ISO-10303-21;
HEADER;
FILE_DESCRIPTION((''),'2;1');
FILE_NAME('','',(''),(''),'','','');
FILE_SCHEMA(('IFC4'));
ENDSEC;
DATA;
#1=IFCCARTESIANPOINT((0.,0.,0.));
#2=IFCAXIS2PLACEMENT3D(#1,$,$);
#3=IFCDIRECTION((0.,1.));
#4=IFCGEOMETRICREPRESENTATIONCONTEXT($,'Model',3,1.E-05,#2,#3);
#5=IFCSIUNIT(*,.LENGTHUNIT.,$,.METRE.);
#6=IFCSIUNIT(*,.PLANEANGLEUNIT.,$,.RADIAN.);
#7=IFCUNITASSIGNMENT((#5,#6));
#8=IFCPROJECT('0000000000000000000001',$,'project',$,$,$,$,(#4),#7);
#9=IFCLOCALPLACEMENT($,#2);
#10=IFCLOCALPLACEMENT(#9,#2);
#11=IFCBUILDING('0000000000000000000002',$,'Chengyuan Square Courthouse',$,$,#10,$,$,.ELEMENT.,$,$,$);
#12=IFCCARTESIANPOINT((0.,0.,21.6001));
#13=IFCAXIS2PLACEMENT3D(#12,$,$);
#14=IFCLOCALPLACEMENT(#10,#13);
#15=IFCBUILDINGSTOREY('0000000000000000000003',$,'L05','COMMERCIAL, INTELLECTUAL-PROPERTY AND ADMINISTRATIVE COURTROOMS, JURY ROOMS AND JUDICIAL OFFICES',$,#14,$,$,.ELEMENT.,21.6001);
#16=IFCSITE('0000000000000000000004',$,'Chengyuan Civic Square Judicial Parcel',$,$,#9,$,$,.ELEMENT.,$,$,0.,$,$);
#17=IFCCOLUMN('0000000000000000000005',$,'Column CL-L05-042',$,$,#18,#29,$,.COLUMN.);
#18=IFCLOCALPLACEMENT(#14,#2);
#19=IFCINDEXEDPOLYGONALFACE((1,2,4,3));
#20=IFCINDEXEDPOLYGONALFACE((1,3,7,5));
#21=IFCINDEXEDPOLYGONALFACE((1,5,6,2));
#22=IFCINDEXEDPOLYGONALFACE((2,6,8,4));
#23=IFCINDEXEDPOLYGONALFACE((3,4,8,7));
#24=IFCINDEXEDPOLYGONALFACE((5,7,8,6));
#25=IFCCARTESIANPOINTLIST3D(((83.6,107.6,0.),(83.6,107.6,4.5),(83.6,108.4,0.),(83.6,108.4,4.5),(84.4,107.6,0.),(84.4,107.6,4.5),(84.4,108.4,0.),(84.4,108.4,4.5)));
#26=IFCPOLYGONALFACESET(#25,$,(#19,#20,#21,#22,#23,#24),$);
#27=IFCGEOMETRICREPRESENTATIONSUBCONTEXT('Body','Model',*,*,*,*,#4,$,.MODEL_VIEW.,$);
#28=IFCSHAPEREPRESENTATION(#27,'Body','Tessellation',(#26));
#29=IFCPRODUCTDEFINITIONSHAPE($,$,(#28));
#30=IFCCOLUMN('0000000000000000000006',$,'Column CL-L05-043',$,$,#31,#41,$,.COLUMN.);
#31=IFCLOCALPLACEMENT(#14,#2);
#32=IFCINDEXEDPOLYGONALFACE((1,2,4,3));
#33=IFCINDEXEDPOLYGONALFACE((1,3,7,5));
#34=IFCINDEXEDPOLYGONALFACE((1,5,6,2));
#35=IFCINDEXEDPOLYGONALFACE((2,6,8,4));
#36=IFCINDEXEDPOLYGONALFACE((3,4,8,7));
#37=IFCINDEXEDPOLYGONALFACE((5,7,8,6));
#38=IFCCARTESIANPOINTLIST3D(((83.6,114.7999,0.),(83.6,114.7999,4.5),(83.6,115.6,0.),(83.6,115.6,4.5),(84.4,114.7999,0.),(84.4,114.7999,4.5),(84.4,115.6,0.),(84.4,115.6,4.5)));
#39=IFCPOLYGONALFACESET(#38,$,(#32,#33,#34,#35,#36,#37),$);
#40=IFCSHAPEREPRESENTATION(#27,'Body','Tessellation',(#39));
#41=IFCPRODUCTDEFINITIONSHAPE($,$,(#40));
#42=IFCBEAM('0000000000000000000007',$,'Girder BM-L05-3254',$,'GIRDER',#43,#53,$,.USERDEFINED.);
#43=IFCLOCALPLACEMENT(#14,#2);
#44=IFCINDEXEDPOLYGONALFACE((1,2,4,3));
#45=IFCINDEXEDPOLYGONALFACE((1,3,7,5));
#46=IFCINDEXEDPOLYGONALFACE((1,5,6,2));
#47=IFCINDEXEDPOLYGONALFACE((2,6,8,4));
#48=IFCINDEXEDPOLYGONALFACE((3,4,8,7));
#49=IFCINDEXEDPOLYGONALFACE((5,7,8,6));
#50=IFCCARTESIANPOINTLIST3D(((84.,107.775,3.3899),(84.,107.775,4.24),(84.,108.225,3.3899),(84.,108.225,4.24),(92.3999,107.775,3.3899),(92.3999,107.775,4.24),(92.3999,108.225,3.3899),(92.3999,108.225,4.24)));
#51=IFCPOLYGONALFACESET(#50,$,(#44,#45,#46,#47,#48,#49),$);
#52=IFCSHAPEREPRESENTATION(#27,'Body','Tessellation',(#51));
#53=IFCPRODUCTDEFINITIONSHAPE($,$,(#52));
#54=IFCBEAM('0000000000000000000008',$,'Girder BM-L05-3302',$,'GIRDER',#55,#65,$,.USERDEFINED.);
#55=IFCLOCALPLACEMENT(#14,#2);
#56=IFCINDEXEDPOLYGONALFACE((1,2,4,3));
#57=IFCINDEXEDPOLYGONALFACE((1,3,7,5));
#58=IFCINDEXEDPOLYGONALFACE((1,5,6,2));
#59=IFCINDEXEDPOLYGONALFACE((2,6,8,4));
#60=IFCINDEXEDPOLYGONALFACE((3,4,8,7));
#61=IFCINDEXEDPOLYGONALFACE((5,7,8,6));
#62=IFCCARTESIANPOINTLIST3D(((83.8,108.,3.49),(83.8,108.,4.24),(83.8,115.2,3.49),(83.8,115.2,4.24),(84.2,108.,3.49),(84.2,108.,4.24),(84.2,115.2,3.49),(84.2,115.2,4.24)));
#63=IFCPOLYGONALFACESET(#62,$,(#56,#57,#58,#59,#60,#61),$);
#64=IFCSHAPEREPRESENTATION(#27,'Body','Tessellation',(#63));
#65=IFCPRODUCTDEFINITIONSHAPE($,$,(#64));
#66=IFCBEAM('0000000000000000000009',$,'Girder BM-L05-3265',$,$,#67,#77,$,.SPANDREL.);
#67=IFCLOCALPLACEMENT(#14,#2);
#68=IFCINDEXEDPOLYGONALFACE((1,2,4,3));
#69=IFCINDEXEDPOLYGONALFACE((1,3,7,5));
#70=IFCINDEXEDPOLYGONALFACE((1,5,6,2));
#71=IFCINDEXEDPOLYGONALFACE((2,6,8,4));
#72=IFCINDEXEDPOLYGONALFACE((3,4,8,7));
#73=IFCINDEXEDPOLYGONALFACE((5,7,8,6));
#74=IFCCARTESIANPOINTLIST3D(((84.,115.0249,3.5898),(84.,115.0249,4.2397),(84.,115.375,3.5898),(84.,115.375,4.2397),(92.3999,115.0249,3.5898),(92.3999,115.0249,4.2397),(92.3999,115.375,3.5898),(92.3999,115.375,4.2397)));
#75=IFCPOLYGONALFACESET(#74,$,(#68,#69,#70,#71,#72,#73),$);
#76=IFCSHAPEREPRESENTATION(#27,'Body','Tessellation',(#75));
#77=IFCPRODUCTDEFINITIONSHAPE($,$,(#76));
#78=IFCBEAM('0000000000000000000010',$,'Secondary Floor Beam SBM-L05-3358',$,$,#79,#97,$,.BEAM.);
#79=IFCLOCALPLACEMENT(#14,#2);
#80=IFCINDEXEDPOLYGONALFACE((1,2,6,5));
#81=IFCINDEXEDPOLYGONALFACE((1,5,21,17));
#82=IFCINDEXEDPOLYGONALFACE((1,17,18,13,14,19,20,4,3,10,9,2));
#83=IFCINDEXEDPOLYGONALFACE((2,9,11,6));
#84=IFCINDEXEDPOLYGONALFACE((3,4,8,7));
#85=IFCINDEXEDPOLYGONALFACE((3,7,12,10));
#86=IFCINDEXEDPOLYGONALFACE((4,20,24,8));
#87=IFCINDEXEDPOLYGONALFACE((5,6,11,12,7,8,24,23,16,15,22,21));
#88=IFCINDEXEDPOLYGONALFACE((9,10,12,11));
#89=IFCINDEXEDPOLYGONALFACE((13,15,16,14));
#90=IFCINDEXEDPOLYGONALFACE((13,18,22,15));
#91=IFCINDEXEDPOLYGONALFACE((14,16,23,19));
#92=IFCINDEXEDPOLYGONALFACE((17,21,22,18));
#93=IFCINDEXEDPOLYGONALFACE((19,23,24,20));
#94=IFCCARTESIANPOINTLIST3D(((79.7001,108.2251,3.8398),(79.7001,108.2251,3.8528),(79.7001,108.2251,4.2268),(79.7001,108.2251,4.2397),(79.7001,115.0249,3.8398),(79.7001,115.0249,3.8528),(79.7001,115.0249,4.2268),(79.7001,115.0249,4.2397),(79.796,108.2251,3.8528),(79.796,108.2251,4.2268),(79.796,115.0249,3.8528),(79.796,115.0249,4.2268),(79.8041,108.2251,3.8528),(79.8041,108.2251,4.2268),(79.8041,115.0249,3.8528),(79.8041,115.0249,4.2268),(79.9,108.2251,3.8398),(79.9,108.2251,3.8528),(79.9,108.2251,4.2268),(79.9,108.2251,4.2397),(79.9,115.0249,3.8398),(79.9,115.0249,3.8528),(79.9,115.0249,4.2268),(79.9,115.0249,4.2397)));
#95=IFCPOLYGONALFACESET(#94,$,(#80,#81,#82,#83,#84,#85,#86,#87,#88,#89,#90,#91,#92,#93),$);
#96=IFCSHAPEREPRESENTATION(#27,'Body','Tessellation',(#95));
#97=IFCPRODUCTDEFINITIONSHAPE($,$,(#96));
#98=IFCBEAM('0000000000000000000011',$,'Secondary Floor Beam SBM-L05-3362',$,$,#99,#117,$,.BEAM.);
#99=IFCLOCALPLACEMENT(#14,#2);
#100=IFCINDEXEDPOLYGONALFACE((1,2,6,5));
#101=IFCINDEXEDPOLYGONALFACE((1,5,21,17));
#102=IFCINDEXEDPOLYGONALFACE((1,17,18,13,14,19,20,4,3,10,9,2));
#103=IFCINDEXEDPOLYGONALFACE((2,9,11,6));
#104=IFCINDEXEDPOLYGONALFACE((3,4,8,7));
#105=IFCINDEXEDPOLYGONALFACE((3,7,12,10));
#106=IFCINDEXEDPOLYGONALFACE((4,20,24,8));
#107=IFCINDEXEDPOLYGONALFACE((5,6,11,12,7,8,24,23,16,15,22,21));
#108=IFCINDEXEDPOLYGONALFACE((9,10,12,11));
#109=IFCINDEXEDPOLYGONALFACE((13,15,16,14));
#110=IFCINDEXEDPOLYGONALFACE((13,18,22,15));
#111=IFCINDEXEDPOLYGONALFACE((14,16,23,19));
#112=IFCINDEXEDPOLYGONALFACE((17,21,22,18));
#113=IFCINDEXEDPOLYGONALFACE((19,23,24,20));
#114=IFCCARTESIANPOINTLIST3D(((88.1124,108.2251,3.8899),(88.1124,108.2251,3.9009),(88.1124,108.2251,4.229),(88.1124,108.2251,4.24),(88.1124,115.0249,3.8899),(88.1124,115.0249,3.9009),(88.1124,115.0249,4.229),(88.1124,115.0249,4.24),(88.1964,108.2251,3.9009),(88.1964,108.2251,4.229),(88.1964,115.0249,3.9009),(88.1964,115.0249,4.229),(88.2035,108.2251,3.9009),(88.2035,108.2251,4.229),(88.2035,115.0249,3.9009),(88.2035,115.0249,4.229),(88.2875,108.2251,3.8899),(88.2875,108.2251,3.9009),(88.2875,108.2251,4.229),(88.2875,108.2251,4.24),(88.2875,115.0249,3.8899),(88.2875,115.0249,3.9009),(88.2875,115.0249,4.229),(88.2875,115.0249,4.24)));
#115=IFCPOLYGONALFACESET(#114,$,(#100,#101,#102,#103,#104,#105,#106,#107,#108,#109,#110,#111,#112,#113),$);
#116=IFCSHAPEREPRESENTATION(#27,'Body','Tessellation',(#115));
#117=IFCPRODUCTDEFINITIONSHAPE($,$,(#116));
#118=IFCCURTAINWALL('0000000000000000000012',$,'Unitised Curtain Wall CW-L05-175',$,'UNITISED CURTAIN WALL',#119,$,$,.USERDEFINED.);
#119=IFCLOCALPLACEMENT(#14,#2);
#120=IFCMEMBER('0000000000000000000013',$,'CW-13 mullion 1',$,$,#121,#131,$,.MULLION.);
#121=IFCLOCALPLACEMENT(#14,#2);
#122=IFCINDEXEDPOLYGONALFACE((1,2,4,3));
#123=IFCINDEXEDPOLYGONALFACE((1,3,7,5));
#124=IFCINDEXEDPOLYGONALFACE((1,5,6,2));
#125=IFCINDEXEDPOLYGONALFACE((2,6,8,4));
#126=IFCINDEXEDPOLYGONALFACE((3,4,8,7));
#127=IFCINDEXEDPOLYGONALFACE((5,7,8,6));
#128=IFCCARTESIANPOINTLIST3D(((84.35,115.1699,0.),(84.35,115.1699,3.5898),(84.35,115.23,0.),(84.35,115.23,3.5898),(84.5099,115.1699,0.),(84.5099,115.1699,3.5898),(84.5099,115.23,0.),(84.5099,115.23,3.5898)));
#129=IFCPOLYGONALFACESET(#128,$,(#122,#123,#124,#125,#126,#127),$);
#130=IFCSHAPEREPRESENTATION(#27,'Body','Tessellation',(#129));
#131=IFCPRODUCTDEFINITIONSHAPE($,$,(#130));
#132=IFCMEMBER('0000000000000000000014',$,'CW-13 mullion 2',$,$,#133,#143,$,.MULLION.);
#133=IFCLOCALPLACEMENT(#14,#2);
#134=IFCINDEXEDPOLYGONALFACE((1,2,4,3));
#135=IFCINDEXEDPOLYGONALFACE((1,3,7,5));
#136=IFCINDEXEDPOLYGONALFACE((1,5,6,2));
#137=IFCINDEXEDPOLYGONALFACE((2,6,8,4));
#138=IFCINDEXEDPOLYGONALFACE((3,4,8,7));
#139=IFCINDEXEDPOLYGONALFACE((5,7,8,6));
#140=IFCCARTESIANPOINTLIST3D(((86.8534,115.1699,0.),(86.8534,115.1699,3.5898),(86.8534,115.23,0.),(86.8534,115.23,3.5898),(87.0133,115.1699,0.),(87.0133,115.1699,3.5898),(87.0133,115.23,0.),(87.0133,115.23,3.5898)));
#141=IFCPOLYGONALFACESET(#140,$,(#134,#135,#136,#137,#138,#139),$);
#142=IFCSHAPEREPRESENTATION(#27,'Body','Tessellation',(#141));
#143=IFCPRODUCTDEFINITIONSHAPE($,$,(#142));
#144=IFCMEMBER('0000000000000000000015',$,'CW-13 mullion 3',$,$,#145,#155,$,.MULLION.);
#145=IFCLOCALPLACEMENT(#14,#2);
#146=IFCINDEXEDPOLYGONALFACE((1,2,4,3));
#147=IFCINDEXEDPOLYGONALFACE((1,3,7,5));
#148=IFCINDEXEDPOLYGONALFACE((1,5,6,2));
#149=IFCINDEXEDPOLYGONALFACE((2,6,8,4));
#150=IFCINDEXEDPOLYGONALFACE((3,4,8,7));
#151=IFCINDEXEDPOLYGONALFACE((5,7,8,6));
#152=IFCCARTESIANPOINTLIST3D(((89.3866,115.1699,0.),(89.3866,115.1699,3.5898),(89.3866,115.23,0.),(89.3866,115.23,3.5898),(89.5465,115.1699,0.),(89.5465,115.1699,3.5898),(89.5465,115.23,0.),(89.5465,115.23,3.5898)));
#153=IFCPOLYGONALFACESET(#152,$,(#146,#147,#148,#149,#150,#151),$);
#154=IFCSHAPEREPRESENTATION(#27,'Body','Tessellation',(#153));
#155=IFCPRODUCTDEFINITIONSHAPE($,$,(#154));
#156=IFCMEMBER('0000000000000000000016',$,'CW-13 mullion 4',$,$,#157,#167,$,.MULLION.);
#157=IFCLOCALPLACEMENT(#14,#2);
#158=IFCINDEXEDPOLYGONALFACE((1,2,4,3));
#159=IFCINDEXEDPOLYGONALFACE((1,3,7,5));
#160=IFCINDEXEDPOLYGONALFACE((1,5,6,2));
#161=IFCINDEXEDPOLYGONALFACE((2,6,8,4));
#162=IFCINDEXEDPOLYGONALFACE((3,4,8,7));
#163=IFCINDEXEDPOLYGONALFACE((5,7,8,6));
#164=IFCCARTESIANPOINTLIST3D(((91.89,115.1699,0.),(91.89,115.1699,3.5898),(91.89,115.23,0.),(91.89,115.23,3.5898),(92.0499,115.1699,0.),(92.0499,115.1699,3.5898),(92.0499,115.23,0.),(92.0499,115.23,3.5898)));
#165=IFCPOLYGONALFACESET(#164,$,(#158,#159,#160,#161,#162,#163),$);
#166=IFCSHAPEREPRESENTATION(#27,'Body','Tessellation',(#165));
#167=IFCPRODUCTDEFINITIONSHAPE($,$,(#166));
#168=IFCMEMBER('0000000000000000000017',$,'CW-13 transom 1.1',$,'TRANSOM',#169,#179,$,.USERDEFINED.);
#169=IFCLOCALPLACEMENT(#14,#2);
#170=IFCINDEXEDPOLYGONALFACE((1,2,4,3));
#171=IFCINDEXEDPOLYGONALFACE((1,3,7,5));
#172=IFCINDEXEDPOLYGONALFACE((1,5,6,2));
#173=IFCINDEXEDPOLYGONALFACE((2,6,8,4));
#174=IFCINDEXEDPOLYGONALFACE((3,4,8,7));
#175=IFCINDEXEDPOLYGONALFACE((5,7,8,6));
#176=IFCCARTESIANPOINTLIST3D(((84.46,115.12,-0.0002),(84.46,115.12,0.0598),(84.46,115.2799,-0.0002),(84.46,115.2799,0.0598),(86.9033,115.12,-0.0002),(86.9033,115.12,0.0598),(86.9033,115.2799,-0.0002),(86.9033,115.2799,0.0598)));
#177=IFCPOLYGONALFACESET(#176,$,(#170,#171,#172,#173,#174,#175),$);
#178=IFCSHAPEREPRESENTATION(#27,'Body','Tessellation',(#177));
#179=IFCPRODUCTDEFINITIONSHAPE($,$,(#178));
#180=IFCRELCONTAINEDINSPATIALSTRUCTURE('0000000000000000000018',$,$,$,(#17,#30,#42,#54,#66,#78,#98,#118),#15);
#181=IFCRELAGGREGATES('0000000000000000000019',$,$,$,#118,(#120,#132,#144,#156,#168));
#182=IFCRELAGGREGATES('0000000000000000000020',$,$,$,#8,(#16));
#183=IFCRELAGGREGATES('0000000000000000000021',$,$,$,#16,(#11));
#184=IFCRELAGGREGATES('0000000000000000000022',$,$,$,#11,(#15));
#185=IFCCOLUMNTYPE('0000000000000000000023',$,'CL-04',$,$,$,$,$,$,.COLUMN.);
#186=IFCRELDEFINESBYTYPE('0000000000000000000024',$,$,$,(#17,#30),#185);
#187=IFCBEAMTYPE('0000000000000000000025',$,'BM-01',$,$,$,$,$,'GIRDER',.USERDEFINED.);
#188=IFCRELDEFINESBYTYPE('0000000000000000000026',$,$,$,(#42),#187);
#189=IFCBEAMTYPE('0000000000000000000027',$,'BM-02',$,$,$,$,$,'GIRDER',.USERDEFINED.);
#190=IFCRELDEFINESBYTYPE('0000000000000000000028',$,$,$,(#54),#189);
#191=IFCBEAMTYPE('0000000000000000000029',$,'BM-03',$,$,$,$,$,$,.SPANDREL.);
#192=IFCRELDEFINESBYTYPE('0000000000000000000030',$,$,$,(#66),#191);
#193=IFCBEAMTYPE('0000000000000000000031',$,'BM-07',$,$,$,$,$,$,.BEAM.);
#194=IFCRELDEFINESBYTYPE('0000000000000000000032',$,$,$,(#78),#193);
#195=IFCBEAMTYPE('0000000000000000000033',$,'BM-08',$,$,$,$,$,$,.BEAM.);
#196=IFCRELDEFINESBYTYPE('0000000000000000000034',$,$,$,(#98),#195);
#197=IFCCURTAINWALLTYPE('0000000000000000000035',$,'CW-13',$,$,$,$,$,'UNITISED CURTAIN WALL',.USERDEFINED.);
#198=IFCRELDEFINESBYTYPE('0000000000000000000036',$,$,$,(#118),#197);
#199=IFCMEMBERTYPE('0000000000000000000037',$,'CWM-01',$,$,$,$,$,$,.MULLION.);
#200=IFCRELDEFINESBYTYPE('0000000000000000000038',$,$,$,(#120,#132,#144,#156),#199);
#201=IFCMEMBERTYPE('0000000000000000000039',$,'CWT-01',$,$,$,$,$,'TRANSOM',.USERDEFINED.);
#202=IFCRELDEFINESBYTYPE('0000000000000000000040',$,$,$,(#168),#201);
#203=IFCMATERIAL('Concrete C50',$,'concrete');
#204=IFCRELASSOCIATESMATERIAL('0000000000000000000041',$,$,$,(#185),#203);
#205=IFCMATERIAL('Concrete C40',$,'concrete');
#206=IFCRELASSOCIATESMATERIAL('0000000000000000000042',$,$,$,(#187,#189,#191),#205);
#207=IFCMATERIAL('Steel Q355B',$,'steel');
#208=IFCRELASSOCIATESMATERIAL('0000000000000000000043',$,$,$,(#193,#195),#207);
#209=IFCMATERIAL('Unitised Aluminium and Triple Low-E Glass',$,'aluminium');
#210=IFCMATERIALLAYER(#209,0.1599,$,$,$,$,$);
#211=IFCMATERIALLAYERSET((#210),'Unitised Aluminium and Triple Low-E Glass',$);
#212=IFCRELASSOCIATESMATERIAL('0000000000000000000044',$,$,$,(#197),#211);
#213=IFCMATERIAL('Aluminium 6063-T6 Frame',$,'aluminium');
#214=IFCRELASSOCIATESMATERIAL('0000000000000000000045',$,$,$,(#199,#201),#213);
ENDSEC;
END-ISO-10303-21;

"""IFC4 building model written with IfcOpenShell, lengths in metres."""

from ifc_helpers import new_model, si_unit, direction, frame, origin, origin_2d, place, context, subcontext, project, spatial, rectangle, i_section, extrude, material, layer, layer_set, material_profile, profile_set, type_object, element, aggregate, save


model = new_model("IFC4")

# Units and contexts
model_context = context("Model", 3, precision=1e-05, world=origin(), true_north=direction((0.0, 1.0)))
body_context = subcontext(model_context, "Body", "Model", "MODEL_VIEW")
ifc_project = project(units=[si_unit("LENGTHUNIT", "METRE"), si_unit("PLANEANGLEUNIT", "RADIAN")], contexts=[model_context])

# Site, building, storey
site_placement = place(None, origin())
site = spatial("IfcSite", under=ifc_project, at=site_placement, Name="Chengyuan Civic Square Judicial Parcel", CompositionType="ELEMENT", RefElevation=0.0)
building_placement = place(site_placement, origin())
building = spatial("IfcBuilding", under=site, at=building_placement, Name="Chengyuan Square Courthouse", CompositionType="ELEMENT")
storey_placement = place(building_placement, frame((0.0, 0.0, 21.6001)))
storey = spatial("IfcBuildingStorey", under=building, at=storey_placement, Name="L05", Description="COMMERCIAL, INTELLECTUAL-PROPERTY AND ADMINISTRATIVE COURTROOMS, JURY ROOMS AND JUDICIAL OFFICES", CompositionType="ELEMENT", Elevation=21.6001)

# Columns
ifc_material_1 = material(Name="Concrete C50", Category="concrete")
ifc_material_profile_1 = material_profile(ifc_material_1, rectangle(XDim=0.8, YDim=0.8, at=origin_2d()), Name="RC-COL-800x800")
ifc_profile_set_1 = profile_set([ifc_material_profile_1], Name="Concrete C50")
column_type = type_object("IfcColumnType", Name="CL-04", PredefinedType="COLUMN", material=ifc_profile_set_1)
for number, where, z_axis, x_axis, name in (
    (1, (84.0, 108.0, 0.0), (0.0, 0.0, 1.0), (1.0, 0.0, 0.0), "Column CL-L05-042"),
    (2, (84.0, 115.2, 0.0), (0.0, 0.0, 1.0), (1.0, 0.0, 0.0), "Column CL-L05-043"),
):
    element("IfcColumn", number, at=place(storey_placement, frame(where, z_axis=z_axis, x_axis=x_axis)), inside=storey, type_object=column_type, Name=name, PredefinedType="COLUMN", context=body_context, shape_type="SweptSolid", body=[
        extrude(rectangle(XDim=0.8, YDim=0.8, at=origin_2d()), origin(), (0.0, 0.0, 1.0), 4.5),
    ])

# Beams
ifc_material_2 = material(Name="Concrete C40", Category="concrete")
ifc_material_profile_2 = material_profile(ifc_material_2, rectangle(XDim=0.45, YDim=0.8501, at=origin_2d()), Name="RC-BM-450x850")
ifc_profile_set_2 = profile_set([ifc_material_profile_2], Name="Concrete C40")
beam_type_1 = type_object("IfcBeamType", Name="BM-01", ElementType="GIRDER", PredefinedType="USERDEFINED", material=ifc_profile_set_2)
beam_1_placement = place(storey_placement, frame((84.0, 108.0, 3.8149), z_axis=(1.0, 0.0, 0.0), x_axis=(0.0, 1.0, 0.0)))
element("IfcBeam", 3, at=beam_1_placement, inside=storey, type_object=beam_type_1, Name="Girder BM-L05-3254", ObjectType="GIRDER", PredefinedType="USERDEFINED", context=body_context, shape_type="SweptSolid", body=[
    extrude(rectangle(XDim=0.45, YDim=0.8501, at=origin_2d()), origin(), (0.0, 0.0, 1.0), 8.3999),
])
ifc_material_profile_3 = material_profile(ifc_material_2, rectangle(XDim=0.3999, YDim=0.75, at=origin_2d()), Name="RC-BM-400x750")
ifc_profile_set_3 = profile_set([ifc_material_profile_3], Name="Concrete C40")
beam_type_2 = type_object("IfcBeamType", Name="BM-02", ElementType="GIRDER", PredefinedType="USERDEFINED", material=ifc_profile_set_3)
beam_2_placement = place(storey_placement, frame((84.0, 108.0, 3.865), z_axis=(0.0, 1.0, 0.0), x_axis=(-1.0, 0.0, 0.0)))
element("IfcBeam", 4, at=beam_2_placement, inside=storey, type_object=beam_type_2, Name="Girder BM-L05-3302", ObjectType="GIRDER", PredefinedType="USERDEFINED", context=body_context, shape_type="SweptSolid", body=[
    extrude(rectangle(XDim=0.3999, YDim=0.75, at=origin_2d()), origin(), (0.0, 0.0, 1.0), 7.2),
])
ifc_material_profile_4 = material_profile(ifc_material_2, rectangle(XDim=0.3501, YDim=0.6499, at=origin_2d()), Name="RC-BM-350x650")
ifc_profile_set_4 = profile_set([ifc_material_profile_4], Name="Concrete C40")
beam_type_3 = type_object("IfcBeamType", Name="BM-03", PredefinedType="SPANDREL", material=ifc_profile_set_4)
beam_3_placement = place(storey_placement, frame((84.0, 115.2, 3.9148), z_axis=(1.0, 0.0, 0.0), x_axis=(0.0, 1.0, 0.0)))
element("IfcBeam", 5, at=beam_3_placement, inside=storey, type_object=beam_type_3, Name="Girder BM-L05-3265", PredefinedType="SPANDREL", context=body_context, shape_type="SweptSolid", body=[
    extrude(rectangle(XDim=0.3501, YDim=0.6499, at=origin_2d()), origin(), (0.0, 0.0, 1.0), 8.3999),
])
ifc_material_3 = material(Name="Steel Q355B", Category="steel")
ifc_material_profile_5 = material_profile(ifc_material_3, i_section(OverallWidth=0.2, OverallDepth=0.3999, WebThickness=0.0081, FlangeThickness=0.0129, at=origin_2d()), Name="HN 400x200x8x13")
ifc_profile_set_5 = profile_set([ifc_material_profile_5], Name="Steel Q355B")
beam_type_4 = type_object("IfcBeamType", Name="BM-07", PredefinedType="BEAM", material=ifc_profile_set_5)
beam_4_placement = place(storey_placement, frame((79.8, 108.2251, 4.0398), z_axis=(0.0, 1.0, 0.0), x_axis=(-1.0, 0.0, 0.0)))
element("IfcBeam", 6, at=beam_4_placement, inside=storey, type_object=beam_type_4, Name="Secondary Floor Beam SBM-L05-3358", PredefinedType="BEAM", context=body_context, shape_type="SweptSolid", body=[
    extrude(i_section(OverallWidth=0.2, OverallDepth=0.3999, WebThickness=0.0081, FlangeThickness=0.0129, at=origin_2d()), origin(), (0.0, 0.0, 1.0), 6.7998),
])
ifc_material_profile_6 = material_profile(ifc_material_3, i_section(OverallWidth=0.175, OverallDepth=0.3501, WebThickness=0.0071, FlangeThickness=0.011, at=origin_2d()), Name="HN 350x175x7x11")
ifc_profile_set_6 = profile_set([ifc_material_profile_6], Name="Steel Q355B")
beam_type_5 = type_object("IfcBeamType", Name="BM-08", PredefinedType="BEAM", material=ifc_profile_set_6)
beam_5_placement = place(storey_placement, frame((88.2, 108.2251, 4.0649), z_axis=(0.0, 1.0, 0.0), x_axis=(-1.0, 0.0, 0.0)))
element("IfcBeam", 7, at=beam_5_placement, inside=storey, type_object=beam_type_5, Name="Secondary Floor Beam SBM-L05-3362", PredefinedType="BEAM", context=body_context, shape_type="SweptSolid", body=[
    extrude(i_section(OverallWidth=0.175, OverallDepth=0.3501, WebThickness=0.0071, FlangeThickness=0.011, at=origin_2d()), origin(), (0.0, 0.0, 1.0), 6.7998),
])

# Curtain wall, members
ifc_material_4 = material(Name="Unitised Aluminium and Triple Low-E Glass", Category="aluminium")
ifc_layer_1 = layer(ifc_material_4, 0.1599)
ifc_layer_set_1 = layer_set([ifc_layer_1], Name="Unitised Aluminium and Triple Low-E Glass")
curtain_wall_type = type_object("IfcCurtainWallType", Name="CW-13", ElementType="UNITISED CURTAIN WALL", PredefinedType="USERDEFINED", material=ifc_layer_set_1)
curtain_wall_placement = place(storey_placement, origin())
curtain_wall = element("IfcCurtainWall", 8, at=curtain_wall_placement, inside=storey, type_object=curtain_wall_type, Name="Unitised Curtain Wall CW-L05-175", ObjectType="UNITISED CURTAIN WALL", PredefinedType="USERDEFINED")
ifc_material_5 = material(Name="Aluminium 6063-T6 Frame", Category="aluminium")
ifc_material_profile_7 = material_profile(ifc_material_5, rectangle(XDim=0.0601, YDim=0.1599, at=origin_2d()), Name="CW-MUL-60x160")
ifc_profile_set_7 = profile_set([ifc_material_profile_7], Name="Aluminium 6063-T6 Frame")
member_type_1 = type_object("IfcMemberType", Name="CWM-01", PredefinedType="MULLION", material=ifc_profile_set_7)
member_1_placement = place(storey_placement, frame((84.4299, 115.2, 0.0), z_axis=(0.0, 0.0, 1.0), x_axis=(0.0, 1.0, 0.0)))
member_1 = element("IfcMember", 9, at=member_1_placement, type_object=member_type_1, Name="CW-13 mullion 1", PredefinedType="MULLION", context=body_context, shape_type="SweptSolid", body=[
    extrude(rectangle(XDim=0.0601, YDim=0.1599, at=origin_2d()), origin(), (0.0, 0.0, 1.0), 3.5898),
])
member_2_placement = place(storey_placement, frame((86.9333, 115.2, 0.0), z_axis=(0.0, 0.0, 1.0), x_axis=(0.0, 1.0, 0.0)))
member_2 = element("IfcMember", 10, at=member_2_placement, type_object=member_type_1, Name="CW-13 mullion 2", PredefinedType="MULLION", context=body_context, shape_type="SweptSolid", body=[
    extrude(rectangle(XDim=0.0601, YDim=0.1599, at=origin_2d()), origin(), (0.0, 0.0, 1.0), 3.5898),
])
member_3_placement = place(storey_placement, frame((89.4666, 115.2, 0.0), z_axis=(0.0, 0.0, 1.0), x_axis=(0.0, 1.0, 0.0)))
member_3 = element("IfcMember", 11, at=member_3_placement, type_object=member_type_1, Name="CW-13 mullion 3", PredefinedType="MULLION", context=body_context, shape_type="SweptSolid", body=[
    extrude(rectangle(XDim=0.0601, YDim=0.1599, at=origin_2d()), origin(), (0.0, 0.0, 1.0), 3.5898),
])
member_4_placement = place(storey_placement, frame((91.97, 115.2, 0.0), z_axis=(0.0, 0.0, 1.0), x_axis=(0.0, 1.0, 0.0)))
member_4 = element("IfcMember", 12, at=member_4_placement, type_object=member_type_1, Name="CW-13 mullion 4", PredefinedType="MULLION", context=body_context, shape_type="SweptSolid", body=[
    extrude(rectangle(XDim=0.0601, YDim=0.1599, at=origin_2d()), origin(), (0.0, 0.0, 1.0), 3.5898),
])
ifc_material_profile_8 = material_profile(ifc_material_5, rectangle(XDim=0.1599, YDim=0.0601, at=origin_2d()), Name="CW-TRN-60x120")
ifc_profile_set_8 = profile_set([ifc_material_profile_8], Name="Aluminium 6063-T6 Frame")
member_type_2 = type_object("IfcMemberType", Name="CWT-01", ElementType="TRANSOM", PredefinedType="USERDEFINED", material=ifc_profile_set_8)
member_5_placement = place(storey_placement, frame((84.46, 115.2, 0.0298), z_axis=(1.0, 0.0, 0.0), x_axis=(0.0, 1.0, 0.0)))
member_5 = element("IfcMember", 13, at=member_5_placement, type_object=member_type_2, Name="CW-13 transom 1.1", ObjectType="TRANSOM", PredefinedType="USERDEFINED", context=body_context, shape_type="SweptSolid", body=[
    extrude(rectangle(XDim=0.1599, YDim=0.0601, at=origin_2d()), origin(), (0.0, 0.0, 1.0), 2.4434),
])
aggregate(curtain_wall, [member_1, member_2, member_3, member_4, member_5])

save(model, "model.ifc")
